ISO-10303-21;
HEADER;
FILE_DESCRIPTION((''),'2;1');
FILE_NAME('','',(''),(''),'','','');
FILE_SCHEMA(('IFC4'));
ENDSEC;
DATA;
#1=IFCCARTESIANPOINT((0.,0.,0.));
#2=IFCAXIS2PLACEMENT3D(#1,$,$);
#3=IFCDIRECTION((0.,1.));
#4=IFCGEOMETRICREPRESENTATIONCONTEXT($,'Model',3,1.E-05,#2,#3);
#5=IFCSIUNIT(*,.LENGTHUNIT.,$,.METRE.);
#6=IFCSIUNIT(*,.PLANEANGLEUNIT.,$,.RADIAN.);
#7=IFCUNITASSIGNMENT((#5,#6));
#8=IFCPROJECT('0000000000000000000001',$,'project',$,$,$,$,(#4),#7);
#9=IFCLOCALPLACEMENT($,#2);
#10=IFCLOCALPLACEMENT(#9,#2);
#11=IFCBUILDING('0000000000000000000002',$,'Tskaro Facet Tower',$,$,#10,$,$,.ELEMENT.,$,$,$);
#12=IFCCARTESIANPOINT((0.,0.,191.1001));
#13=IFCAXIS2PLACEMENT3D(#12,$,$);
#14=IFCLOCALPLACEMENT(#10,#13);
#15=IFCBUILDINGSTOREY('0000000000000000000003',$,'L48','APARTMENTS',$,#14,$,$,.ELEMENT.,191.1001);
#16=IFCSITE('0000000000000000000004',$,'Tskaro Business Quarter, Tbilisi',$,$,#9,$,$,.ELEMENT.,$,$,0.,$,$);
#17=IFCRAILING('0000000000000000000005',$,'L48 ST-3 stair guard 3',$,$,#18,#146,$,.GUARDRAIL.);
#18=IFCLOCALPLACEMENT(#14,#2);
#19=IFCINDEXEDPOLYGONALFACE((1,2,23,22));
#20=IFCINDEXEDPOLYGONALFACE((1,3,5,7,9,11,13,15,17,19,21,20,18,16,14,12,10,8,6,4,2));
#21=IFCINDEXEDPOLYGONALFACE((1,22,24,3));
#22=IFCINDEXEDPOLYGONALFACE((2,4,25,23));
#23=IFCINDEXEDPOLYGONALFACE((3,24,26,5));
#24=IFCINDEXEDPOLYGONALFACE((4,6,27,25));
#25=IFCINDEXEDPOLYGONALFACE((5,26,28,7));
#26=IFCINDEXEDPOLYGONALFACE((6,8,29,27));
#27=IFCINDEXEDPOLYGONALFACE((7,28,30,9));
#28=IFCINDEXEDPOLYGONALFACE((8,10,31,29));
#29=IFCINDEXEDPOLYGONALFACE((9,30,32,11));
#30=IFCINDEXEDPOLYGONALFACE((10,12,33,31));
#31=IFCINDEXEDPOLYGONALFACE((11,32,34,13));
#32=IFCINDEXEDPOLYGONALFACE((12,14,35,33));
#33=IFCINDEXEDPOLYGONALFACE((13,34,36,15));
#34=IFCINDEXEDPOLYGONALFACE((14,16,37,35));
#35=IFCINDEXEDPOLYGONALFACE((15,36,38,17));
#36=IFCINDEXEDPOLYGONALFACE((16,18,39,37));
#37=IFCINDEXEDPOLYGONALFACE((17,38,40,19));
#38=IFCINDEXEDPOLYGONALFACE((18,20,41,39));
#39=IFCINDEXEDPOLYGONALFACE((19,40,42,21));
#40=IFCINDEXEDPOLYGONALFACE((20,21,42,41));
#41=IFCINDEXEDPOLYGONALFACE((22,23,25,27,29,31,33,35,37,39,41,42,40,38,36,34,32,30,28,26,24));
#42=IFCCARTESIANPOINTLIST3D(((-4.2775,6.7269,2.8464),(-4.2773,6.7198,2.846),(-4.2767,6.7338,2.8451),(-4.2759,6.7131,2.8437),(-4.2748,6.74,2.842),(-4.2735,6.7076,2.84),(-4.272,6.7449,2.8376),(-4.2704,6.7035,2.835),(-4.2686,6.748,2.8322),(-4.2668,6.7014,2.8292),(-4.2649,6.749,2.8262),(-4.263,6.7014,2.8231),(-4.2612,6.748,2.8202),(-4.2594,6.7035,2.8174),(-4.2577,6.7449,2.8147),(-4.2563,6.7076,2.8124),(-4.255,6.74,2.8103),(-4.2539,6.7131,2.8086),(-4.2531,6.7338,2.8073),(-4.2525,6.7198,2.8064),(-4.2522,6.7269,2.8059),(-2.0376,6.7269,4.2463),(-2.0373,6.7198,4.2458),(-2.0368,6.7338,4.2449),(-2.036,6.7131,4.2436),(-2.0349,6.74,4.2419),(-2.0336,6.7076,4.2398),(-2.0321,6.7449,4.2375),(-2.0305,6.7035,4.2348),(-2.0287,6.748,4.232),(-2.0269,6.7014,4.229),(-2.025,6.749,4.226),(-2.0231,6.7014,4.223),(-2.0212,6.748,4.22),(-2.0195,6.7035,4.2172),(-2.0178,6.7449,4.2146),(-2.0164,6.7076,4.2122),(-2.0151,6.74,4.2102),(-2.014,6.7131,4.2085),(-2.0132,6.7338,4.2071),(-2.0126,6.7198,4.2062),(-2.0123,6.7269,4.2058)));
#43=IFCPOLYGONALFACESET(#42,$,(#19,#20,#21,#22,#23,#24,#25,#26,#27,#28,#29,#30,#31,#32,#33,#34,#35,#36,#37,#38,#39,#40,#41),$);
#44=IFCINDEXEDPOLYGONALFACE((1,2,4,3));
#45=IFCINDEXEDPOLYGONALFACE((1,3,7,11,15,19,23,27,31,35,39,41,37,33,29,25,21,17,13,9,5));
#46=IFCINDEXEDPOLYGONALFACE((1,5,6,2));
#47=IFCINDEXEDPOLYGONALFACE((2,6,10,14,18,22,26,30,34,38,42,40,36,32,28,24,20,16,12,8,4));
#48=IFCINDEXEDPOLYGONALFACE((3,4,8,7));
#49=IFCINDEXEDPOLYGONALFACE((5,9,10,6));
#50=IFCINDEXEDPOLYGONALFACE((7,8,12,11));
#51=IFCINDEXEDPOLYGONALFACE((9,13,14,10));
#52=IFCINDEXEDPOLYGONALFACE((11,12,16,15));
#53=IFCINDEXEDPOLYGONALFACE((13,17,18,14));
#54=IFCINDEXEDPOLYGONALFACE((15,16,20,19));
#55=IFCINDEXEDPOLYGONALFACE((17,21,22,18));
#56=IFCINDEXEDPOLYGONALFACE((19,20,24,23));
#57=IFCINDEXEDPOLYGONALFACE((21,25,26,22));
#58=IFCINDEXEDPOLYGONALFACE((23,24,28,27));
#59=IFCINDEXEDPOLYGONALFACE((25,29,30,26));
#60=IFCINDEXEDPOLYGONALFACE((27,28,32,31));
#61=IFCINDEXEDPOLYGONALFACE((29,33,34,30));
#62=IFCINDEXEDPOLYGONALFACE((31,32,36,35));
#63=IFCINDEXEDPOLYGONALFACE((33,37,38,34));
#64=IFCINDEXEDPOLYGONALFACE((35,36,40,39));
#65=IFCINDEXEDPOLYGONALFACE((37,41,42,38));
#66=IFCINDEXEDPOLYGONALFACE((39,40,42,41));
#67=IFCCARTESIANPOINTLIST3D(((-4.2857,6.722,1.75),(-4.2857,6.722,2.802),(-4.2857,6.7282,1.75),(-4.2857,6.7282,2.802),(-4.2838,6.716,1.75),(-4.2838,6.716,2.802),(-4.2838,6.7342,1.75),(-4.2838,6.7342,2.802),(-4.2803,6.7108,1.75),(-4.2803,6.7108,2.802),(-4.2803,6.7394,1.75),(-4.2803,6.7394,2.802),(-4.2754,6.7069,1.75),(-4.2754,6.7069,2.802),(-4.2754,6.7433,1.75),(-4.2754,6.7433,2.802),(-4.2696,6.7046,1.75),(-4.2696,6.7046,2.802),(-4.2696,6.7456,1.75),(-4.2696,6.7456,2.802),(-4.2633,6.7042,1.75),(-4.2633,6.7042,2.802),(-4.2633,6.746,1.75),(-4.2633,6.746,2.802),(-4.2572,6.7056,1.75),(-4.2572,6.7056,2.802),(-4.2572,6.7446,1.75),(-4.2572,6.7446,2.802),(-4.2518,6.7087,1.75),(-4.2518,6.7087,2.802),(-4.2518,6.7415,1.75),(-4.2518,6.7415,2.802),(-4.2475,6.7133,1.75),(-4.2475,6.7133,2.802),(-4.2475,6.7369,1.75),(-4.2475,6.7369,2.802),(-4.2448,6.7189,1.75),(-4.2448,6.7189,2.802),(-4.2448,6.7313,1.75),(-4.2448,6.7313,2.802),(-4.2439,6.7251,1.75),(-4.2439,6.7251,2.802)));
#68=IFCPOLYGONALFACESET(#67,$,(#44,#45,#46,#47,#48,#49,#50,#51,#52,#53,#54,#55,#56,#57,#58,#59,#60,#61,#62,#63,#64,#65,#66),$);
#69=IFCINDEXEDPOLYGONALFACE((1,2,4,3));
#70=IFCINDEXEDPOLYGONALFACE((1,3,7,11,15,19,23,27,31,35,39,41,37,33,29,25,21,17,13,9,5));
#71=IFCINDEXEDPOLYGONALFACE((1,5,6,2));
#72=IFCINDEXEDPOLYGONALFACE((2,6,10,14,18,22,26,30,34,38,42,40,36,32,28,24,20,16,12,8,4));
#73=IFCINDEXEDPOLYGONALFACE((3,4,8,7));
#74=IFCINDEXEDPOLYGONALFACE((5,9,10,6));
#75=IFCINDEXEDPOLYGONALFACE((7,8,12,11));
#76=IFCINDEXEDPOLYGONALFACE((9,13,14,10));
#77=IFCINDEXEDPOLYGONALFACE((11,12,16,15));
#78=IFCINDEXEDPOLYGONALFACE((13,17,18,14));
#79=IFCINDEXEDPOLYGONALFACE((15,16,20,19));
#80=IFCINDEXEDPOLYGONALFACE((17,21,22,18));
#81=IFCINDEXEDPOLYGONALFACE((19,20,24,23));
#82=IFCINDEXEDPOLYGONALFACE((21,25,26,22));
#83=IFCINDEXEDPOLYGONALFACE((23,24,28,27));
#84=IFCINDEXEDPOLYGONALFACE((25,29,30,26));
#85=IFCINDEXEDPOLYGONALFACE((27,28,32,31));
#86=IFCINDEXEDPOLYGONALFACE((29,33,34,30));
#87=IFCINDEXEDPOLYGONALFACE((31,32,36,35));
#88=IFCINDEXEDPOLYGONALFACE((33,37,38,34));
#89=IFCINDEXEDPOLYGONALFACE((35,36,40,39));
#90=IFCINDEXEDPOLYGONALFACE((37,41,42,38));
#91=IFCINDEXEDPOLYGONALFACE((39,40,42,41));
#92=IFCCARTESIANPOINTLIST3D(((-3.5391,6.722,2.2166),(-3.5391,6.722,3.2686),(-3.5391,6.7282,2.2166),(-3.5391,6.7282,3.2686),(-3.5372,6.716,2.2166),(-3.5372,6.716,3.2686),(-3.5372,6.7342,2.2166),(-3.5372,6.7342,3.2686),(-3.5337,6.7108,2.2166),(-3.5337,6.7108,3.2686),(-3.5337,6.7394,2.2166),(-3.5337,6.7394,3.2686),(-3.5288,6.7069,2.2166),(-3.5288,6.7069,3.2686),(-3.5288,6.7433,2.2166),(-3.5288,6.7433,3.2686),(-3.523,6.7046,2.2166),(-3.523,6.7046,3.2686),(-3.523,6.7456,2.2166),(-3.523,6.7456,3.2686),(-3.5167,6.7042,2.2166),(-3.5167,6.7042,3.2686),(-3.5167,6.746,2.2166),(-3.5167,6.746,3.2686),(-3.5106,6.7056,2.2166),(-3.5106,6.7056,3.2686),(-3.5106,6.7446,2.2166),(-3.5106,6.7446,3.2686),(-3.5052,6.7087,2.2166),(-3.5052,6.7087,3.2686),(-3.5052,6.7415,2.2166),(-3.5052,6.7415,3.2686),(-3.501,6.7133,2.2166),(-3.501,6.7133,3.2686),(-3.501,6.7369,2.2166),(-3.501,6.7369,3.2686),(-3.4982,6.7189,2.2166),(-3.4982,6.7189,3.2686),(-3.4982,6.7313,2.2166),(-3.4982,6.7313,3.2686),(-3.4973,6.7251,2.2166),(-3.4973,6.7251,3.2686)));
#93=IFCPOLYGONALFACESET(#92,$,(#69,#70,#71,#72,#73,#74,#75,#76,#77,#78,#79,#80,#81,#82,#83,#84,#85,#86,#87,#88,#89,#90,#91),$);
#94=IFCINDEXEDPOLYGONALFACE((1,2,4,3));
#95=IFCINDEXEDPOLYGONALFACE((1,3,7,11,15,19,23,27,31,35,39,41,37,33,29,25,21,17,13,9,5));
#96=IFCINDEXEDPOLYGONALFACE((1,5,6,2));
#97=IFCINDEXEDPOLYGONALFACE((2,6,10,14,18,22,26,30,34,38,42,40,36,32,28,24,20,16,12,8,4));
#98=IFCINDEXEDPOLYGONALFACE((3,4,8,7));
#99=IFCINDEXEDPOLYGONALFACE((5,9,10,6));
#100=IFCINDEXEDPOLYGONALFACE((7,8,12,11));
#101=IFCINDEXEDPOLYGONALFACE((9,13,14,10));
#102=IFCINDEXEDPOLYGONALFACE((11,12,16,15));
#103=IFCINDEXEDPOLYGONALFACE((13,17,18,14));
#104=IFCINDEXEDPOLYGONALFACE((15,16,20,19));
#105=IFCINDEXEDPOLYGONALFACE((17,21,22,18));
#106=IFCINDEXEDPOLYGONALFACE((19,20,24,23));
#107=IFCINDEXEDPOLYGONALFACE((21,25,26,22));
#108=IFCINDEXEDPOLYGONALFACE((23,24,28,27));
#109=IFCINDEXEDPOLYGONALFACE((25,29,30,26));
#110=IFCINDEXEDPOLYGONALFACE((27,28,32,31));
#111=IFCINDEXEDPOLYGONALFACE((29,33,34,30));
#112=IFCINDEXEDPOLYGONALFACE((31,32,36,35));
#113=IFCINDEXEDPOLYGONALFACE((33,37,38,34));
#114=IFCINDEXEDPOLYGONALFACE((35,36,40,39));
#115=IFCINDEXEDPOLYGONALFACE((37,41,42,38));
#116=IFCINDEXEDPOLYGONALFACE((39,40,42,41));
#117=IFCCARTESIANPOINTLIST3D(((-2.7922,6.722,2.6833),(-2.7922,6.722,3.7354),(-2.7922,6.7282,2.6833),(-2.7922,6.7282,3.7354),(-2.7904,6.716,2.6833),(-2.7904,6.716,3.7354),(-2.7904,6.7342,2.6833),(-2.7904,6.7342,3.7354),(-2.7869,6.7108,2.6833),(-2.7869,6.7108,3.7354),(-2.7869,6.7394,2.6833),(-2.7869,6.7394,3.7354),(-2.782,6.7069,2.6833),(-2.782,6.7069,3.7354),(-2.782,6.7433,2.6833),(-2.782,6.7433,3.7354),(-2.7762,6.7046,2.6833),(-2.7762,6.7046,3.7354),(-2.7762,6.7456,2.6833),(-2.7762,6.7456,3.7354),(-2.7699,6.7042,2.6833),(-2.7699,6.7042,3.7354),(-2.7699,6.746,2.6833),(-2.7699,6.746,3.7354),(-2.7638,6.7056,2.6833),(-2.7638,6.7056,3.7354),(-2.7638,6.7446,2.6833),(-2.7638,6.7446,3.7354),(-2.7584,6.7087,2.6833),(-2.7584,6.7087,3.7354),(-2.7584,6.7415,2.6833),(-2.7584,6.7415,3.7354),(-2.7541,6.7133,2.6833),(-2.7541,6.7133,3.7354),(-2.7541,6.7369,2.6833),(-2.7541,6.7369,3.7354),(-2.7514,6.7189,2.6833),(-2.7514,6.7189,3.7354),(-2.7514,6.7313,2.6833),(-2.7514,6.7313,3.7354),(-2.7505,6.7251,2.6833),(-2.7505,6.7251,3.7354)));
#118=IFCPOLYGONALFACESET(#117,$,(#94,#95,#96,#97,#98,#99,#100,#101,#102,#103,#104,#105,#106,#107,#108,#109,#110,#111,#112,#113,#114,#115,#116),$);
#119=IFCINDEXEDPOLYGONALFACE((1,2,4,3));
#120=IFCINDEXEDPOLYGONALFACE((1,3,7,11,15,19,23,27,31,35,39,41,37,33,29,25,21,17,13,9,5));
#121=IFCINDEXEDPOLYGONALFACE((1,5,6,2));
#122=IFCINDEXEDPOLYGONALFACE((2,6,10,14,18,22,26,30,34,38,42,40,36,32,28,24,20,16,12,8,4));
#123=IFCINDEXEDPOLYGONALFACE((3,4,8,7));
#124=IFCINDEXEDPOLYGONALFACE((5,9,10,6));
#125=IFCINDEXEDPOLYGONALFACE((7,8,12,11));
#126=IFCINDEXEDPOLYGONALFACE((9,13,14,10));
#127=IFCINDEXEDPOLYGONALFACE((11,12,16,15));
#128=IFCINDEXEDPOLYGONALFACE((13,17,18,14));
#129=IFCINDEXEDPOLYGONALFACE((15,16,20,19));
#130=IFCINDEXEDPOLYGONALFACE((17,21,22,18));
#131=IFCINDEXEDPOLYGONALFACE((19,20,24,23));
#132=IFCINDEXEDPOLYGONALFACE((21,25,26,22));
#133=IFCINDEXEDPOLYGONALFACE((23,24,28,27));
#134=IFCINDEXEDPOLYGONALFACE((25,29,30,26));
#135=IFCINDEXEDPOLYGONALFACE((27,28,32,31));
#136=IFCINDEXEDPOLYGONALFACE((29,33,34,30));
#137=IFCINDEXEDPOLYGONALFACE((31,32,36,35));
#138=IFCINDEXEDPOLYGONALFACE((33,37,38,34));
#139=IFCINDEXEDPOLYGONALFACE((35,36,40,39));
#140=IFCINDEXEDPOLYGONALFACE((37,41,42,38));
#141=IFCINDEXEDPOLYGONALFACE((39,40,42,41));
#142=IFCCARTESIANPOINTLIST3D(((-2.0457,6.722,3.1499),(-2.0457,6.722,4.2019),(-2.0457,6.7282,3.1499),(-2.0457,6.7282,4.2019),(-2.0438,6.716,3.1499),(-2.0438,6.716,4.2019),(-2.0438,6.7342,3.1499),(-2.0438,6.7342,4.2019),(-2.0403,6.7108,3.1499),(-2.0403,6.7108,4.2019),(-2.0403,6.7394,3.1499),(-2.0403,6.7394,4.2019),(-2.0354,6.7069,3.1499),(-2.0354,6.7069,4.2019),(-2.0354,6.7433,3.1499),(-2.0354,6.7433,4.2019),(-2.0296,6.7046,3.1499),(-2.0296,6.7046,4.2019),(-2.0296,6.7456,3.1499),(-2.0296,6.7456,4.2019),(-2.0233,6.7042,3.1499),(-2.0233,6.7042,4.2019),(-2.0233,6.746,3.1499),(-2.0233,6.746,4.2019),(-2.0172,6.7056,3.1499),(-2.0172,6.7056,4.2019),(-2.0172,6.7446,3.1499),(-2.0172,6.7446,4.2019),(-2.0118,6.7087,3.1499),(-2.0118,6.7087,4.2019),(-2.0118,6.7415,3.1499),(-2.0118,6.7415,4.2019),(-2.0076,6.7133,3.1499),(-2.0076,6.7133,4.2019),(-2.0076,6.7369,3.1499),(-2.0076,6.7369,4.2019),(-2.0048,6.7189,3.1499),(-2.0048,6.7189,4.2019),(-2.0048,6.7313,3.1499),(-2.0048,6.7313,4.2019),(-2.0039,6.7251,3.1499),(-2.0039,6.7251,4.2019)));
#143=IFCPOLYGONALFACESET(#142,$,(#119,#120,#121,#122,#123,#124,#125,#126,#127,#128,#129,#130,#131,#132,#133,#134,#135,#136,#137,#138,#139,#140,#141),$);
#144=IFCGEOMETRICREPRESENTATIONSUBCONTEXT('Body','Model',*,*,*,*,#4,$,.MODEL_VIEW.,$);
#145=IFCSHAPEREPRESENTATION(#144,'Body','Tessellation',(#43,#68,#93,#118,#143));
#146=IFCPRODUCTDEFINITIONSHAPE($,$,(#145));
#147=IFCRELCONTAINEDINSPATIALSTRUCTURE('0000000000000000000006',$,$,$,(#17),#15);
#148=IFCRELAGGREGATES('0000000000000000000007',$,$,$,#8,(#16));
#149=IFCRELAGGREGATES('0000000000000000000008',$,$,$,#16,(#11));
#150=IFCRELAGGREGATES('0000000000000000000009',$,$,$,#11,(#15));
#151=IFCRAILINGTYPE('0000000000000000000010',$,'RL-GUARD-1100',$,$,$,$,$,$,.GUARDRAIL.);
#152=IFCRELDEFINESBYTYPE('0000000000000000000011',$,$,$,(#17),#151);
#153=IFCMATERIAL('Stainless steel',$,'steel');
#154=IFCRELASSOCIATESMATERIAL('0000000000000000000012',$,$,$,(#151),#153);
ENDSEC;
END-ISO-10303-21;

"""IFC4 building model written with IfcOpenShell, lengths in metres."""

from ifc_helpers import new_model, si_unit, direction, frame, origin, origin_2d, place, context, subcontext, project, spatial, circle, extrude, material, type_object, element, save


model = new_model("IFC4")

# Units and contexts
model_context = context("Model", 3, precision=1e-05, world=origin(), true_north=direction((0.0, 1.0)))
body_context = subcontext(model_context, "Body", "Model", "MODEL_VIEW")
ifc_project = project(units=[si_unit("LENGTHUNIT", "METRE"), si_unit("PLANEANGLEUNIT", "RADIAN")], contexts=[model_context])

# Site, building, storey
site_placement = place(None, origin())
site = spatial("IfcSite", under=ifc_project, at=site_placement, Name="Tskaro Business Quarter, Tbilisi", CompositionType="ELEMENT", RefElevation=0.0)
building_placement = place(site_placement, origin())
building = spatial("IfcBuilding", under=site, at=building_placement, Name="Tskaro Facet Tower", CompositionType="ELEMENT")
storey_placement = place(building_placement, frame((0.0, 0.0, 191.1001)))
storey = spatial("IfcBuildingStorey", under=building, at=storey_placement, Name="L48", Description="APARTMENTS", CompositionType="ELEMENT", Elevation=191.1001)

# Railing
ifc_material_1 = material(Name="Stainless steel", Category="steel")
railing_type_1 = type_object("IfcRailingType", Name="RL-GUARD-1100", PredefinedType="GUARDRAIL", material=ifc_material_1)
railing_1_placement = place(storey_placement, frame((-4.2649, 6.7251, 1.75)))
element("IfcRailing", 1, at=railing_1_placement, inside=storey, type_object=railing_type_1, Name="L48 ST-3 stair guard 3", PredefinedType="GUARDRAIL", context=body_context, shape_type="SweptSolid", body=[
    extrude(circle(Radius=0.0239, at=origin_2d()), frame((0.0, 0.0, 1.0762), z_axis=(0.848014, 0.0, 0.529974), x_axis=(0.0, 1.0, 0.0)), (0.0, 0.0, 1.0), 2.6414),
    extrude(circle(Radius=0.021, at=origin_2d()), origin(), (0.0, 0.0, 1.0), 1.052),
    extrude(circle(Radius=0.021, at=origin_2d()), frame((0.7466, 0.0, 0.4666)), (0.0, 0.0, 1.0), 1.052),
    extrude(circle(Radius=0.021, at=origin_2d()), frame((1.4934, 0.0, 0.9333)), (0.0, 0.0, 1.0), 1.052),
    extrude(circle(Radius=0.021, at=origin_2d()), frame((2.24, 0.0, 1.3999)), (0.0, 0.0, 1.0), 1.052),
])

save(model, "model.ifc")
